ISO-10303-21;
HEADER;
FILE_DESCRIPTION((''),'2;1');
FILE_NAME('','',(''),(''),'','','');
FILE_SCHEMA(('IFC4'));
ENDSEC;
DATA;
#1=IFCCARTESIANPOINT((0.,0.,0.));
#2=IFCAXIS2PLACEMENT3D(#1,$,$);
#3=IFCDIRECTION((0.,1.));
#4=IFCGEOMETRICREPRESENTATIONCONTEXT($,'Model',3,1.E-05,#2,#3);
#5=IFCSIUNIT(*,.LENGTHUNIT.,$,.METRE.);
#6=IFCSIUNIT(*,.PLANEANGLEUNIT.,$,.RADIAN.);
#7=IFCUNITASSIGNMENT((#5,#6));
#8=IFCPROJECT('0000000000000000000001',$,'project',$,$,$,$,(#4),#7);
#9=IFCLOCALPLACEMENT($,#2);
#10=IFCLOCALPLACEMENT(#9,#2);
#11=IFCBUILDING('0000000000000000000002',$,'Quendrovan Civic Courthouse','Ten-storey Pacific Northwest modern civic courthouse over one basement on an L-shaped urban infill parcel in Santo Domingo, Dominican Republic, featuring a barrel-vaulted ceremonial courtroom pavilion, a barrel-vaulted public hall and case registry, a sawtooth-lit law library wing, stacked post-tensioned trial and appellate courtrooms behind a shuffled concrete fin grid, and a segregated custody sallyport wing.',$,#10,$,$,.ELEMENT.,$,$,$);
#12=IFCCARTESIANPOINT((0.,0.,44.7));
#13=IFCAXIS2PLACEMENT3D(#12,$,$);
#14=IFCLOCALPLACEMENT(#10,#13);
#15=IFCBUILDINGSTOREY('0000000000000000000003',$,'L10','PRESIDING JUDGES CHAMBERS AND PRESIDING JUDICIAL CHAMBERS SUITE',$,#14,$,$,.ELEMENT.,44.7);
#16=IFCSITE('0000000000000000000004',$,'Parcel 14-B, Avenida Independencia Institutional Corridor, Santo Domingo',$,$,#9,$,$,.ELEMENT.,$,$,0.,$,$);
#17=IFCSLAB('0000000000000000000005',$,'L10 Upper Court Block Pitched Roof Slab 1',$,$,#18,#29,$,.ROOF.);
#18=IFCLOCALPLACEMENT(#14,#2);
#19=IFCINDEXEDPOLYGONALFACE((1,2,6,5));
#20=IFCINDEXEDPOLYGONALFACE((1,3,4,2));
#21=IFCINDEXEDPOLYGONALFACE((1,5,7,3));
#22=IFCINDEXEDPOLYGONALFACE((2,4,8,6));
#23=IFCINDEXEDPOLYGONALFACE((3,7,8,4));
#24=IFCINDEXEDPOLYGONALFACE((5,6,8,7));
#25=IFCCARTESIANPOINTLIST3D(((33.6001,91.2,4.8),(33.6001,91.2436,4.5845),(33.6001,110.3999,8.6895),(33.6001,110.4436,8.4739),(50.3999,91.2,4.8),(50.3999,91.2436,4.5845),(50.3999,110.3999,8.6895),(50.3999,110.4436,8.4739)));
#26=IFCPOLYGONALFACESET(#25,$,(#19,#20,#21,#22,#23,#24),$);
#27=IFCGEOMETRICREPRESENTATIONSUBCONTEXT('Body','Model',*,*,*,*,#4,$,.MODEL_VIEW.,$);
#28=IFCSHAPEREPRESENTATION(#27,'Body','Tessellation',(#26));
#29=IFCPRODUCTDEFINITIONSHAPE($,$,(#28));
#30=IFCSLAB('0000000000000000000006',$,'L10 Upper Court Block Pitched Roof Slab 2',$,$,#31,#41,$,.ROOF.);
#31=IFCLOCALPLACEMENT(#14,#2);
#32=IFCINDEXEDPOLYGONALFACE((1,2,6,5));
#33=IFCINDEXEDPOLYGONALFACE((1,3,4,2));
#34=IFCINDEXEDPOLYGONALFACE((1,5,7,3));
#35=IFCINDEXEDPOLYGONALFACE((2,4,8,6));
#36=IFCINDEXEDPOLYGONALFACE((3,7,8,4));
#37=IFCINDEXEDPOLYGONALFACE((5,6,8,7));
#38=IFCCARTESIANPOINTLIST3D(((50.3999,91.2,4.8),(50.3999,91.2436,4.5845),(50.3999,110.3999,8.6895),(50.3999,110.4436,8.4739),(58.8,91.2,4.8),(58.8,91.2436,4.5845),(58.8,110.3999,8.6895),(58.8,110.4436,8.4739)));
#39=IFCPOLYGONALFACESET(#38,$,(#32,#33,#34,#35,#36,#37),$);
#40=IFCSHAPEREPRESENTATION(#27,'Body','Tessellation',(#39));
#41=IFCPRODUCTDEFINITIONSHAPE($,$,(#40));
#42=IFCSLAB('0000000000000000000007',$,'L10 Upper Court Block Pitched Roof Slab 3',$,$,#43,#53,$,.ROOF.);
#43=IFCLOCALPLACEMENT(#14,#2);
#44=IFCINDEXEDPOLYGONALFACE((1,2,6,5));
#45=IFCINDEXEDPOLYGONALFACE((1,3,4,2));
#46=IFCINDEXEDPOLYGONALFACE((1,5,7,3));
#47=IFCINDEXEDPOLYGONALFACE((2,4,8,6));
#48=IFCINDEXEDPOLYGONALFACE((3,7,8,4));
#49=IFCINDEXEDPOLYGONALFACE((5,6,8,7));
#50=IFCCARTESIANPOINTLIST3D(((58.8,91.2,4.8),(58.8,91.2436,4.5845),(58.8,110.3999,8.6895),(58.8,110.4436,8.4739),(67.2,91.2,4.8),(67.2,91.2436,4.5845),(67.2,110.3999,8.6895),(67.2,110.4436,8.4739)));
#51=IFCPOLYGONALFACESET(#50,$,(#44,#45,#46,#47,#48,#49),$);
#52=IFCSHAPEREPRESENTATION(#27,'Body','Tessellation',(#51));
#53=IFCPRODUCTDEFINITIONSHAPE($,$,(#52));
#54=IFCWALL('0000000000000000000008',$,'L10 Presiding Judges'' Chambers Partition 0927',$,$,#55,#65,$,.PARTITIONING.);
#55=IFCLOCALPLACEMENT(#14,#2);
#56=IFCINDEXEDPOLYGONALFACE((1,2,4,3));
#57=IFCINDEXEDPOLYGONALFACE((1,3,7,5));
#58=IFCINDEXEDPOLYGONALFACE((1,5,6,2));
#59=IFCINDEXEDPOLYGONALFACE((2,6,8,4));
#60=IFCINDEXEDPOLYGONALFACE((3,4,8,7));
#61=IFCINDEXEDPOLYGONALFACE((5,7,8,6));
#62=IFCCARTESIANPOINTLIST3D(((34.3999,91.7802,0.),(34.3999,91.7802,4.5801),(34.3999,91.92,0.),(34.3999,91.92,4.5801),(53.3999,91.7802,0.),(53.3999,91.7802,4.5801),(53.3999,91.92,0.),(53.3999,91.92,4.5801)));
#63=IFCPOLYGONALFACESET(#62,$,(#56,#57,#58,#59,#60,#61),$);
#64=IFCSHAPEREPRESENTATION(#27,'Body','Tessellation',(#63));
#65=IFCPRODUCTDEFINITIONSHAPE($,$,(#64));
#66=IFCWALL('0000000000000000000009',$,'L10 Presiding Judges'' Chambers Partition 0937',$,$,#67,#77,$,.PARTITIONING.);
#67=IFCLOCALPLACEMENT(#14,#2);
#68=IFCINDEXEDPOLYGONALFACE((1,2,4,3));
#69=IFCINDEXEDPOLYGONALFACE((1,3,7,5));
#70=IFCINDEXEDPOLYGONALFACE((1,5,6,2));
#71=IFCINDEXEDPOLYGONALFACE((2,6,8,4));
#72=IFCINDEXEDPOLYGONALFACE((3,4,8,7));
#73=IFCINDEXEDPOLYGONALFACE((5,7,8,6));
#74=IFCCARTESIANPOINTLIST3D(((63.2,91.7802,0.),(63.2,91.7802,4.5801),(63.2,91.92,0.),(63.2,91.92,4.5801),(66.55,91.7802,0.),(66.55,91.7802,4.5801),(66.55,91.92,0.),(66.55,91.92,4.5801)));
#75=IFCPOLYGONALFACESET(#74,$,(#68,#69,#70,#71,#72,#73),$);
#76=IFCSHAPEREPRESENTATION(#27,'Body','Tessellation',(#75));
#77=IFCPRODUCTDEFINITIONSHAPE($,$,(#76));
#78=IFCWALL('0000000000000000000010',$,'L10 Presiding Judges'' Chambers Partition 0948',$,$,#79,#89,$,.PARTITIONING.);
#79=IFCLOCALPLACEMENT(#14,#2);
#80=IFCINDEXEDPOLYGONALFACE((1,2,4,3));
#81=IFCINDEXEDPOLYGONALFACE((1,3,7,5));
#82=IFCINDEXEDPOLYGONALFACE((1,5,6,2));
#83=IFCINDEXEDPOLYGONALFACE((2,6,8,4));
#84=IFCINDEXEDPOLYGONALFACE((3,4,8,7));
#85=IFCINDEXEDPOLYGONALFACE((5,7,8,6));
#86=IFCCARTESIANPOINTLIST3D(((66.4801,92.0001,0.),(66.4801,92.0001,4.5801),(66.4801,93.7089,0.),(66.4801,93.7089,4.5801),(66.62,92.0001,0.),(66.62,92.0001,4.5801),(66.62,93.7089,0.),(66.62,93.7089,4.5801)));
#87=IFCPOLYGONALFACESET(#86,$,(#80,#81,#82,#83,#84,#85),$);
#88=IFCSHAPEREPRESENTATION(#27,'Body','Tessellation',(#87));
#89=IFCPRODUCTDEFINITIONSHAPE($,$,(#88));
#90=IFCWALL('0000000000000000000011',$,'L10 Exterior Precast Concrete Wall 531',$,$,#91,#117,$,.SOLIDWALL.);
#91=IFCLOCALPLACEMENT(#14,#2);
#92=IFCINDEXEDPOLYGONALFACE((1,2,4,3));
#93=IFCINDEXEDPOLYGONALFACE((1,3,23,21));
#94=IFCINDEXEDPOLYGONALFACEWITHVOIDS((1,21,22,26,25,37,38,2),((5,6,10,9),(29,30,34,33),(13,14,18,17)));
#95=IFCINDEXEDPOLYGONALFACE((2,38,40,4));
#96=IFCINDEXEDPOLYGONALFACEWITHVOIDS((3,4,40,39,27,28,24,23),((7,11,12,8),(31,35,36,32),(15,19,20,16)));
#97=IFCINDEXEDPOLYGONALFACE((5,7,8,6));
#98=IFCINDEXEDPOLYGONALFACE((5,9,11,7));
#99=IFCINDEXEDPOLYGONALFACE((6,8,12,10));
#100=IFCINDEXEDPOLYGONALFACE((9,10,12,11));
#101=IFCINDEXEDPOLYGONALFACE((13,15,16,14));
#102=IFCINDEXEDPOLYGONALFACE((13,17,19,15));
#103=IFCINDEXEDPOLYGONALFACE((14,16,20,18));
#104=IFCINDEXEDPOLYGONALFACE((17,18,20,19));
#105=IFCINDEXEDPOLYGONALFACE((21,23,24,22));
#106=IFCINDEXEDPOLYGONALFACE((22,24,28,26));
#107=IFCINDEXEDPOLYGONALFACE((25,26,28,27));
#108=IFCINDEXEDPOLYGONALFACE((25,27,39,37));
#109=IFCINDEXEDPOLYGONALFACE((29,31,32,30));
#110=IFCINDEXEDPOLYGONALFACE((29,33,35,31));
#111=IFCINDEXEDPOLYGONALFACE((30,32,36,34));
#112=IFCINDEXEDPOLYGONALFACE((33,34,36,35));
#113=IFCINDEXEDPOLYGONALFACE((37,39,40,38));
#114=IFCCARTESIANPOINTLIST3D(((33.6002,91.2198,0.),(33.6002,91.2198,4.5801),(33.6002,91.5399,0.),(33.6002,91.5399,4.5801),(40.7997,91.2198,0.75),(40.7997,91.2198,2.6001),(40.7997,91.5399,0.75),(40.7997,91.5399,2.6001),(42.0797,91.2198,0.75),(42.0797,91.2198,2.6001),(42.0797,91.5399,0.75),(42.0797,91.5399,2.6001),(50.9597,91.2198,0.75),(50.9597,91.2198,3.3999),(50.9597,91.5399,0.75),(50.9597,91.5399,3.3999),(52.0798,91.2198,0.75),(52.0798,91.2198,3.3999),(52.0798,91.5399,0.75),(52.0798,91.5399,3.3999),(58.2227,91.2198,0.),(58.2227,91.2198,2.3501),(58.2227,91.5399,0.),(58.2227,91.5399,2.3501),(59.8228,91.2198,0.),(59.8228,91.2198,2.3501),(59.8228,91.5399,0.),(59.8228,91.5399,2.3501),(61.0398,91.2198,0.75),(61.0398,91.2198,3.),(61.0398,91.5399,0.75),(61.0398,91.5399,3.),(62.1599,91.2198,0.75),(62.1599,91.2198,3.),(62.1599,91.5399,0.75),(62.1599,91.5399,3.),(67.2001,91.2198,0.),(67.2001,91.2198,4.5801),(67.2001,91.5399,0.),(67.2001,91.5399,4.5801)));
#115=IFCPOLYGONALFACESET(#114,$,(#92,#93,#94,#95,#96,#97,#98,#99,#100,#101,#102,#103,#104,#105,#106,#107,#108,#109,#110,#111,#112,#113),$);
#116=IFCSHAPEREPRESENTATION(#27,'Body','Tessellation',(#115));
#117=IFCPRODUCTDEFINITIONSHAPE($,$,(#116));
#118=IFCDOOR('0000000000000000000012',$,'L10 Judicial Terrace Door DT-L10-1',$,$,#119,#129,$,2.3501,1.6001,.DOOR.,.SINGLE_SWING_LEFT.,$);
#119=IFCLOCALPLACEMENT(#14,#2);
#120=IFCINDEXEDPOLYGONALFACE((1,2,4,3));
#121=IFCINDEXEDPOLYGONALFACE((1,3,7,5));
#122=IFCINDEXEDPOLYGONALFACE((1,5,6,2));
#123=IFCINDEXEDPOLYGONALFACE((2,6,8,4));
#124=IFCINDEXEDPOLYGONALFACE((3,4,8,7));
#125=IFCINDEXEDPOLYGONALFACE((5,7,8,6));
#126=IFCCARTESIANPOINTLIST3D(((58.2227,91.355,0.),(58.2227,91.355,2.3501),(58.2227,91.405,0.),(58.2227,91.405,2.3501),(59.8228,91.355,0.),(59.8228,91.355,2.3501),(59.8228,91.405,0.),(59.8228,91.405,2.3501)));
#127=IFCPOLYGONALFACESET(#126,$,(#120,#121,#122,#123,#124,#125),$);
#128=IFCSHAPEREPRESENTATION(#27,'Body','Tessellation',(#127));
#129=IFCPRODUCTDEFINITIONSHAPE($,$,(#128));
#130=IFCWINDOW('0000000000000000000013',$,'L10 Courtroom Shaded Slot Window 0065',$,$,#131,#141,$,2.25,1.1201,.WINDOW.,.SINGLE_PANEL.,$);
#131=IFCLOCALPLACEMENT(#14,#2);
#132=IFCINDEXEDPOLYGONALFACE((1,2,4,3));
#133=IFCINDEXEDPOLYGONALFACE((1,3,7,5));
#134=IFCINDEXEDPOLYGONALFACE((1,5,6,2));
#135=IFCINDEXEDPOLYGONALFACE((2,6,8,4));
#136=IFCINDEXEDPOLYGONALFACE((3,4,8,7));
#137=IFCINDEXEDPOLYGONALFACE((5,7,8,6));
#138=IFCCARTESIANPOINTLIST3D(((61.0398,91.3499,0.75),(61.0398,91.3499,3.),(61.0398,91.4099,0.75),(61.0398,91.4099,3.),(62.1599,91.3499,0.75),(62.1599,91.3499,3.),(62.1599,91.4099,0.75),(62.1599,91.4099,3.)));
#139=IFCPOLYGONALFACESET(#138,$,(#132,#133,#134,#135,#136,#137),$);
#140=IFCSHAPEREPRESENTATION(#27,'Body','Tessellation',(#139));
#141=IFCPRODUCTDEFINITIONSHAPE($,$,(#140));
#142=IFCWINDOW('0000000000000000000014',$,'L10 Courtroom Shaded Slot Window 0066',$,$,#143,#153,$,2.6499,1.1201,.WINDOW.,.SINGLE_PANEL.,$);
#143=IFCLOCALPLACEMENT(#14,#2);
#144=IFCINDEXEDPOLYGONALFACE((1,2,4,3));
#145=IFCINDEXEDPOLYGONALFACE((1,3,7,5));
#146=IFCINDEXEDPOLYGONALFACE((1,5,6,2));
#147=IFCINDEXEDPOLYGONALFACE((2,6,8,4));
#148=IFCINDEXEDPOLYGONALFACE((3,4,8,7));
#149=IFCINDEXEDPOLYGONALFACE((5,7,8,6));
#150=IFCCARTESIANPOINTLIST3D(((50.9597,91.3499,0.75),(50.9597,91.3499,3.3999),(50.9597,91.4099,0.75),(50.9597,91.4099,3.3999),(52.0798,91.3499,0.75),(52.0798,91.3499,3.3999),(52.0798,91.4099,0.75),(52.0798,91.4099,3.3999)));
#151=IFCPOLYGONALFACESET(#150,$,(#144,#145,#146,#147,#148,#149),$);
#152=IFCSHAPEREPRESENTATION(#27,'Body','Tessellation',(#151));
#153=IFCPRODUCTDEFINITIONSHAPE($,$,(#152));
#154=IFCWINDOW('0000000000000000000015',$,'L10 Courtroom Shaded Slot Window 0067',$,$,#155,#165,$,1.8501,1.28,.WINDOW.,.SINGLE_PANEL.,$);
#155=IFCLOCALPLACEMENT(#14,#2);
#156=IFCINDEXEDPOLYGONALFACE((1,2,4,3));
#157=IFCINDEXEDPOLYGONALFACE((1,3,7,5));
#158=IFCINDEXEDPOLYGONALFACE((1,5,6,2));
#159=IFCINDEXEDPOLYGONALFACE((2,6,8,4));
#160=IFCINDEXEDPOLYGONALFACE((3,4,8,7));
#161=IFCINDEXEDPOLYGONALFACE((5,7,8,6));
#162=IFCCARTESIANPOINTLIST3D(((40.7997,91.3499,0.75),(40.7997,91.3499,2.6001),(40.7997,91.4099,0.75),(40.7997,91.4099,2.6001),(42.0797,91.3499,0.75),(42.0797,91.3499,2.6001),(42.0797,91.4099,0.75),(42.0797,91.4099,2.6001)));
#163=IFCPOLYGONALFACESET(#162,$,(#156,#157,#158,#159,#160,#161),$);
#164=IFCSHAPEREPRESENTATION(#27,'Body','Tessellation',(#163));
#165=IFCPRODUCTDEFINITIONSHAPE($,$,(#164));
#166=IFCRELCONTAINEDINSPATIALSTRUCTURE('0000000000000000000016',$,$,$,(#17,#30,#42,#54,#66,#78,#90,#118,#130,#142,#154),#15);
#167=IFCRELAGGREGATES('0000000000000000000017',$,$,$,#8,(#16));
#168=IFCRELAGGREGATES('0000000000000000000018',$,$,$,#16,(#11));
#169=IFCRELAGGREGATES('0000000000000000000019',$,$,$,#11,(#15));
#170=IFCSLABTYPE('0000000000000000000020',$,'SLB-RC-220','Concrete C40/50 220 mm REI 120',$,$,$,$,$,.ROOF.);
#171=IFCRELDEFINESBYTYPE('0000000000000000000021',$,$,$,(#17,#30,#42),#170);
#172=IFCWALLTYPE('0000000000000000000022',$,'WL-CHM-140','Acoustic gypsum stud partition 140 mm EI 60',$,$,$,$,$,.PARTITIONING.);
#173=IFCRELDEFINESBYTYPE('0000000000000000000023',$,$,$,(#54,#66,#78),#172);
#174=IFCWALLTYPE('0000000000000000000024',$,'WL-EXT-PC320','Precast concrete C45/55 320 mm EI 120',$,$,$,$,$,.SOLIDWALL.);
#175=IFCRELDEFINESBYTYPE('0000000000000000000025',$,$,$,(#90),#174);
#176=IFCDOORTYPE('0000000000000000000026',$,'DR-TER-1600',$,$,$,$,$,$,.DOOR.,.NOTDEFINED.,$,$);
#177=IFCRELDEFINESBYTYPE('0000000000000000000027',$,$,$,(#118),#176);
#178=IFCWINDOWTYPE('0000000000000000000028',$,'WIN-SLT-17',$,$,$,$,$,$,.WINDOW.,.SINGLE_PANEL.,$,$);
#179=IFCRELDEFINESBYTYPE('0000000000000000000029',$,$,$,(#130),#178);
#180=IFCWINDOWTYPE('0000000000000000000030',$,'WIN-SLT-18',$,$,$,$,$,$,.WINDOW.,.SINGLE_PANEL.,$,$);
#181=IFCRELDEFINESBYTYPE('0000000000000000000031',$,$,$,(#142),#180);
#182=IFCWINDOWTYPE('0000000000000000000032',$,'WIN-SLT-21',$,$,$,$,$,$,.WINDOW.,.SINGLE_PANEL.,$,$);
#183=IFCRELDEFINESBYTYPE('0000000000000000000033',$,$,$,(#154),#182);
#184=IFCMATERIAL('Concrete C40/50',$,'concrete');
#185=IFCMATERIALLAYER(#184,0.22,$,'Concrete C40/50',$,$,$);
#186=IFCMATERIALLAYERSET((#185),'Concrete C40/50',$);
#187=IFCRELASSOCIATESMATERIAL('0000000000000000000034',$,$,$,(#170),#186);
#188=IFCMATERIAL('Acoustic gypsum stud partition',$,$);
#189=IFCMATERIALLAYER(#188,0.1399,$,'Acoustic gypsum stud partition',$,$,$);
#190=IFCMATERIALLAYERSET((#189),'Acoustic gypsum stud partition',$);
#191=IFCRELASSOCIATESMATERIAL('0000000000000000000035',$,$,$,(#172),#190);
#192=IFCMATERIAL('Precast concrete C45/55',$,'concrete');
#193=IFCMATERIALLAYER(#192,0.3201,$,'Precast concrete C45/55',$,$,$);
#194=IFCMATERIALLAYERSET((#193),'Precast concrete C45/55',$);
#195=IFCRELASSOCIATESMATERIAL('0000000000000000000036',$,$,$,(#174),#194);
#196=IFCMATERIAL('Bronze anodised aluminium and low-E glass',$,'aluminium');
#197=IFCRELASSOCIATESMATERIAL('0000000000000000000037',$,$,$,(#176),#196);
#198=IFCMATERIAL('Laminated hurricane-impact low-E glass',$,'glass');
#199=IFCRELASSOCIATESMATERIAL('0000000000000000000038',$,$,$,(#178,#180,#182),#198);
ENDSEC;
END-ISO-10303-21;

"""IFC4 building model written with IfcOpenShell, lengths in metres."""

from ifc_helpers import new_model, si_unit, direction, frame, frame_2d, origin, place, context, subcontext, project, spatial, polyline, rectangle, outline, extrude, material, layer, layer_set, type_object, element, fill, save


model = new_model("IFC4")

# Units and contexts
model_context = context("Model", 3, precision=1e-05, world=origin(), true_north=direction((0.0, 1.0)))
body_context = subcontext(model_context, "Body", "Model", "MODEL_VIEW")
ifc_project = project(units=[si_unit("LENGTHUNIT", "METRE"), si_unit("PLANEANGLEUNIT", "RADIAN")], contexts=[model_context])

# Site, building, storey
site_placement = place(None, origin())
site = spatial("IfcSite", under=ifc_project, at=site_placement, Name="Parcel 14-B, Avenida Independencia Institutional Corridor, Santo Domingo", CompositionType="ELEMENT", RefElevation=0.0)
building_placement = place(site_placement, origin())
building = spatial("IfcBuilding", under=site, at=building_placement, Name="Quendrovan Civic Courthouse", Description="Ten-storey Pacific Northwest modern civic courthouse over one basement on an L-shaped urban infill parcel in Santo Domingo, Dominican Republic, featuring a barrel-vaulted ceremonial courtroom pavilion, a barrel-vaulted public hall and case registry, a sawtooth-lit law library wing, stacked post-tensioned trial and appellate courtrooms behind a shuffled concrete fin grid, and a segregated custody sallyport wing.", CompositionType="ELEMENT")
storey_placement = place(building_placement, frame((0.0, 0.0, 44.7)))
storey = spatial("IfcBuildingStorey", under=building, at=storey_placement, Name="L10", Description="PRESIDING JUDGES CHAMBERS AND PRESIDING JUDICIAL CHAMBERS SUITE", CompositionType="ELEMENT", Elevation=44.7)

# Shared definitions
ifc_material_1 = material(Name="Precast concrete C45/55", Category="concrete")

# Slabs
ifc_material_2 = material(Name="Concrete C40/50", Category="concrete")
ifc_layer_1 = layer(ifc_material_2, 0.22, Name="Concrete C40/50")
ifc_layer_set_1 = layer_set([ifc_layer_1], Name="Concrete C40/50")
slab_type = type_object("IfcSlabType", Name="SLB-RC-220", Description="Concrete C40/50 220 mm REI 120", PredefinedType="ROOF", material=ifc_layer_set_1)
slab_1_placement = place(storey_placement, frame((33.6001, 91.2, 4.8), z_axis=(0.0, -0.198541, 0.980093), x_axis=(1.0, 0.0, 0.0)))
element("IfcSlab", 1, at=slab_1_placement, inside=storey, type_object=slab_type, Name="L10 Upper Court Block Pitched Roof Slab 1", PredefinedType="ROOF", context=body_context, shape_type="SweptSolid", body=[
    extrude(outline(polyline([(0.0, 0.0), (16.7998, 0.0), (16.7998, 19.5899), (0.0, 19.5899), (0.0, 0.0)])), origin(), (0.0, 0.0, -1.0), 0.22),
])
slab_2_placement = place(storey_placement, frame((50.3999, 91.2, 4.8), z_axis=(0.0, -0.198541, 0.980093), x_axis=(1.0, 0.0, 0.0)))
element("IfcSlab", 2, at=slab_2_placement, inside=storey, type_object=slab_type, Name="L10 Upper Court Block Pitched Roof Slab 2", PredefinedType="ROOF", context=body_context, shape_type="SweptSolid", body=[
    extrude(outline(polyline([(0.0, 0.0), (8.4001, 0.0), (8.4001, 19.5899), (0.0, 19.5899), (0.0, 0.0)])), origin(), (0.0, 0.0, -1.0), 0.22),
])
slab_3_placement = place(storey_placement, frame((58.8, 91.2, 4.8), z_axis=(0.0, -0.198541, 0.980093), x_axis=(1.0, 0.0, 0.0)))
element("IfcSlab", 3, at=slab_3_placement, inside=storey, type_object=slab_type, Name="L10 Upper Court Block Pitched Roof Slab 3", PredefinedType="ROOF", context=body_context, shape_type="SweptSolid", body=[
    extrude(outline(polyline([(0.0, 0.0), (8.3999, 0.0), (8.3999, 19.5899), (0.0, 19.5899), (0.0, 0.0)])), origin(), (0.0, 0.0, -1.0), 0.22),
])

# Walls
ifc_material_3 = material(Name="Acoustic gypsum stud partition")
ifc_layer_2 = layer(ifc_material_3, 0.1399, Name="Acoustic gypsum stud partition")
ifc_layer_set_2 = layer_set([ifc_layer_2], Name="Acoustic gypsum stud partition")
wall_type_1 = type_object("IfcWallType", Name="WL-CHM-140", Description="Acoustic gypsum stud partition 140 mm EI 60", PredefinedType="PARTITIONING", material=ifc_layer_set_2)
wall_1_placement = place(storey_placement, frame((34.3999, 91.8501, 0.0), z_axis=(0.0, 0.0, 1.0), x_axis=(1.0, 0.0, 0.0)))
element("IfcWall", 4, at=wall_1_placement, inside=storey, type_object=wall_type_1, Name="L10 Presiding Judges' Chambers Partition 0927", PredefinedType="PARTITIONING", context=body_context, shape_type="SweptSolid", body=[
    extrude(rectangle(XDim=19.0, YDim=0.1399, at=frame_2d((9.5, 0.0))), origin(), (0.0, 0.0, 1.0), 4.5801),
])
wall_2_placement = place(storey_placement, frame((63.2, 91.8501, 0.0), z_axis=(0.0, 0.0, 1.0), x_axis=(1.0, 0.0, 0.0)))
element("IfcWall", 5, at=wall_2_placement, inside=storey, type_object=wall_type_1, Name="L10 Presiding Judges' Chambers Partition 0937", PredefinedType="PARTITIONING", context=body_context, shape_type="SweptSolid", body=[
    extrude(rectangle(XDim=3.3501, YDim=0.1399, at=frame_2d((1.675, 0.0))), origin(), (0.0, 0.0, 1.0), 4.5801),
])
wall_3_placement = place(storey_placement, frame((66.55, 92.0, 0.0), z_axis=(0.0, 0.0, 1.0), x_axis=(0.0, 1.0, 0.0)))
element("IfcWall", 6, at=wall_3_placement, inside=storey, type_object=wall_type_1, Name="L10 Presiding Judges' Chambers Partition 0948", PredefinedType="PARTITIONING", context=body_context, shape_type="SweptSolid", body=[
    extrude(rectangle(XDim=1.7087, YDim=0.1399, at=frame_2d((0.8545, 0.0))), origin(), (0.0, 0.0, 1.0), 4.5801),
])

# Wall, openings, door, windows
ifc_layer_3 = layer(ifc_material_1, 0.3201, Name="Precast concrete C45/55")
ifc_layer_set_3 = layer_set([ifc_layer_3], Name="Precast concrete C45/55")
wall_type_2 = type_object("IfcWallType", Name="WL-EXT-PC320", Description="Precast concrete C45/55 320 mm EI 120", PredefinedType="SOLIDWALL", material=ifc_layer_set_3)
wall_4_placement = place(storey_placement, frame((67.2, 91.3799, 0.0), z_axis=(0.0, 0.0, 1.0), x_axis=(-1.0, 0.0, 0.0)))
wall_4 = element("IfcWall", 7, at=wall_4_placement, inside=storey, type_object=wall_type_2, Name="L10 Exterior Precast Concrete Wall 531", PredefinedType="SOLIDWALL", context=body_context, shape_type="SweptSolid", body=[
    extrude(rectangle(XDim=33.5999, YDim=0.3201, at=frame_2d((16.7998, 0.0))), origin(), (0.0, 0.0, 1.0), 4.5801),
])
opening_1_placement = place(wall_4_placement, frame((7.3772, 0.0, 0.0)))
opening_1 = element("IfcOpeningElement", 8, at=opening_1_placement, cuts=wall_4, PredefinedType="OPENING", context=body_context, shape_type="SweptSolid", body=[
    extrude(rectangle(XDim=1.6001, YDim=2.3501, at=frame_2d((0.8, 1.175))), frame((0.0, 0.1699, 0.0), z_axis=(0.0, -1.0, 0.0), x_axis=(1.0, 0.0, 0.0)), (0.0, 0.0, 1.0), 0.3401),
])
opening_2_placement = place(wall_4_placement, frame((5.04, 0.0, 0.75)))
opening_2 = element("IfcOpeningElement", 9, at=opening_2_placement, cuts=wall_4, PredefinedType="OPENING", context=body_context, shape_type="SweptSolid", body=[
    extrude(rectangle(XDim=1.1201, YDim=2.25, at=frame_2d((0.5601, 1.125))), frame((0.0, 0.1699, 0.0), z_axis=(0.0, -1.0, 0.0), x_axis=(1.0, 0.0, 0.0)), (0.0, 0.0, 1.0), 0.3401),
])
opening_3_placement = place(wall_4_placement, frame((15.1201, 0.0, 0.75)))
opening_3 = element("IfcOpeningElement", 10, at=opening_3_placement, cuts=wall_4, PredefinedType="OPENING", context=body_context, shape_type="SweptSolid", body=[
    extrude(rectangle(XDim=1.1201, YDim=2.6499, at=frame_2d((0.5601, 1.325))), frame((0.0, 0.1699, 0.0), z_axis=(0.0, -1.0, 0.0), x_axis=(1.0, 0.0, 0.0)), (0.0, 0.0, 1.0), 0.3401),
])
opening_4_placement = place(wall_4_placement, frame((25.1201, 0.0, 0.75)))
opening_4 = element("IfcOpeningElement", 11, at=opening_4_placement, cuts=wall_4, PredefinedType="OPENING", context=body_context, shape_type="SweptSolid", body=[
    extrude(rectangle(XDim=1.28, YDim=1.8501, at=frame_2d((0.6401, 0.925))), frame((0.0, 0.1699, 0.0), z_axis=(0.0, -1.0, 0.0), x_axis=(1.0, 0.0, 0.0)), (0.0, 0.0, 1.0), 0.3401),
])
ifc_material_4 = material(Name="Bronze anodised aluminium and low-E glass", Category="aluminium")
door_type = type_object("IfcDoorType", Name="DR-TER-1600", OperationType="NOTDEFINED", PredefinedType="DOOR", material=ifc_material_4)
door_placement = place(opening_1_placement, origin())
door = element("IfcDoor", 12, at=door_placement, inside=storey, type_object=door_type, Name="L10 Judicial Terrace Door DT-L10-1", OperationType="SINGLE_SWING_LEFT", OverallHeight=2.3501, OverallWidth=1.6001, PredefinedType="DOOR", context=body_context, shape_type="SweptSolid", body=[
    extrude(rectangle(XDim=1.6001, YDim=2.3501, at=frame_2d((0.8, 1.175))), frame((0.0, 0.0249, 0.0), z_axis=(0.0, -1.0, 0.0), x_axis=(1.0, 0.0, 0.0)), (0.0, 0.0, 1.0), 0.05),
])
fill(opening_1, door)
ifc_material_5 = material(Name="Laminated hurricane-impact low-E glass", Category="glass")
window_type_1 = type_object("IfcWindowType", Name="WIN-SLT-17", PartitioningType="SINGLE_PANEL", PredefinedType="WINDOW", material=ifc_material_5)
window_1_placement = place(opening_2_placement, origin())
window_1 = element("IfcWindow", 13, at=window_1_placement, inside=storey, type_object=window_type_1, Name="L10 Courtroom Shaded Slot Window 0065", OverallHeight=2.25, OverallWidth=1.1201, PartitioningType="SINGLE_PANEL", PredefinedType="WINDOW", context=body_context, shape_type="SweptSolid", body=[
    extrude(rectangle(XDim=1.1201, YDim=2.25, at=frame_2d((0.5601, 1.125))), frame((0.0, 0.03, 0.0), z_axis=(0.0, -1.0, 0.0), x_axis=(1.0, 0.0, 0.0)), (0.0, 0.0, 1.0), 0.0601),
])
fill(opening_2, window_1)
window_type_2 = type_object("IfcWindowType", Name="WIN-SLT-18", PartitioningType="SINGLE_PANEL", PredefinedType="WINDOW", material=ifc_material_5)
window_2_placement = place(opening_3_placement, origin())
window_2 = element("IfcWindow", 14, at=window_2_placement, inside=storey, type_object=window_type_2, Name="L10 Courtroom Shaded Slot Window 0066", OverallHeight=2.6499, OverallWidth=1.1201, PartitioningType="SINGLE_PANEL", PredefinedType="WINDOW", context=body_context, shape_type="SweptSolid", body=[
    extrude(rectangle(XDim=1.1201, YDim=2.6499, at=frame_2d((0.5601, 1.325))), frame((0.0, 0.03, 0.0), z_axis=(0.0, -1.0, 0.0), x_axis=(1.0, 0.0, 0.0)), (0.0, 0.0, 1.0), 0.0601),
])
fill(opening_3, window_2)
window_type_3 = type_object("IfcWindowType", Name="WIN-SLT-21", PartitioningType="SINGLE_PANEL", PredefinedType="WINDOW", material=ifc_material_5)
window_3_placement = place(opening_4_placement, origin())
window_3 = element("IfcWindow", 15, at=window_3_placement, inside=storey, type_object=window_type_3, Name="L10 Courtroom Shaded Slot Window 0067", OverallHeight=1.8501, OverallWidth=1.28, PartitioningType="SINGLE_PANEL", PredefinedType="WINDOW", context=body_context, shape_type="SweptSolid", body=[
    extrude(rectangle(XDim=1.28, YDim=1.8501, at=frame_2d((0.6401, 0.925))), frame((0.0, 0.03, 0.0), z_axis=(0.0, -1.0, 0.0), x_axis=(1.0, 0.0, 0.0)), (0.0, 0.0, 1.0), 0.0601),
])
fill(opening_4, window_3)

save(model, "model.ifc")
